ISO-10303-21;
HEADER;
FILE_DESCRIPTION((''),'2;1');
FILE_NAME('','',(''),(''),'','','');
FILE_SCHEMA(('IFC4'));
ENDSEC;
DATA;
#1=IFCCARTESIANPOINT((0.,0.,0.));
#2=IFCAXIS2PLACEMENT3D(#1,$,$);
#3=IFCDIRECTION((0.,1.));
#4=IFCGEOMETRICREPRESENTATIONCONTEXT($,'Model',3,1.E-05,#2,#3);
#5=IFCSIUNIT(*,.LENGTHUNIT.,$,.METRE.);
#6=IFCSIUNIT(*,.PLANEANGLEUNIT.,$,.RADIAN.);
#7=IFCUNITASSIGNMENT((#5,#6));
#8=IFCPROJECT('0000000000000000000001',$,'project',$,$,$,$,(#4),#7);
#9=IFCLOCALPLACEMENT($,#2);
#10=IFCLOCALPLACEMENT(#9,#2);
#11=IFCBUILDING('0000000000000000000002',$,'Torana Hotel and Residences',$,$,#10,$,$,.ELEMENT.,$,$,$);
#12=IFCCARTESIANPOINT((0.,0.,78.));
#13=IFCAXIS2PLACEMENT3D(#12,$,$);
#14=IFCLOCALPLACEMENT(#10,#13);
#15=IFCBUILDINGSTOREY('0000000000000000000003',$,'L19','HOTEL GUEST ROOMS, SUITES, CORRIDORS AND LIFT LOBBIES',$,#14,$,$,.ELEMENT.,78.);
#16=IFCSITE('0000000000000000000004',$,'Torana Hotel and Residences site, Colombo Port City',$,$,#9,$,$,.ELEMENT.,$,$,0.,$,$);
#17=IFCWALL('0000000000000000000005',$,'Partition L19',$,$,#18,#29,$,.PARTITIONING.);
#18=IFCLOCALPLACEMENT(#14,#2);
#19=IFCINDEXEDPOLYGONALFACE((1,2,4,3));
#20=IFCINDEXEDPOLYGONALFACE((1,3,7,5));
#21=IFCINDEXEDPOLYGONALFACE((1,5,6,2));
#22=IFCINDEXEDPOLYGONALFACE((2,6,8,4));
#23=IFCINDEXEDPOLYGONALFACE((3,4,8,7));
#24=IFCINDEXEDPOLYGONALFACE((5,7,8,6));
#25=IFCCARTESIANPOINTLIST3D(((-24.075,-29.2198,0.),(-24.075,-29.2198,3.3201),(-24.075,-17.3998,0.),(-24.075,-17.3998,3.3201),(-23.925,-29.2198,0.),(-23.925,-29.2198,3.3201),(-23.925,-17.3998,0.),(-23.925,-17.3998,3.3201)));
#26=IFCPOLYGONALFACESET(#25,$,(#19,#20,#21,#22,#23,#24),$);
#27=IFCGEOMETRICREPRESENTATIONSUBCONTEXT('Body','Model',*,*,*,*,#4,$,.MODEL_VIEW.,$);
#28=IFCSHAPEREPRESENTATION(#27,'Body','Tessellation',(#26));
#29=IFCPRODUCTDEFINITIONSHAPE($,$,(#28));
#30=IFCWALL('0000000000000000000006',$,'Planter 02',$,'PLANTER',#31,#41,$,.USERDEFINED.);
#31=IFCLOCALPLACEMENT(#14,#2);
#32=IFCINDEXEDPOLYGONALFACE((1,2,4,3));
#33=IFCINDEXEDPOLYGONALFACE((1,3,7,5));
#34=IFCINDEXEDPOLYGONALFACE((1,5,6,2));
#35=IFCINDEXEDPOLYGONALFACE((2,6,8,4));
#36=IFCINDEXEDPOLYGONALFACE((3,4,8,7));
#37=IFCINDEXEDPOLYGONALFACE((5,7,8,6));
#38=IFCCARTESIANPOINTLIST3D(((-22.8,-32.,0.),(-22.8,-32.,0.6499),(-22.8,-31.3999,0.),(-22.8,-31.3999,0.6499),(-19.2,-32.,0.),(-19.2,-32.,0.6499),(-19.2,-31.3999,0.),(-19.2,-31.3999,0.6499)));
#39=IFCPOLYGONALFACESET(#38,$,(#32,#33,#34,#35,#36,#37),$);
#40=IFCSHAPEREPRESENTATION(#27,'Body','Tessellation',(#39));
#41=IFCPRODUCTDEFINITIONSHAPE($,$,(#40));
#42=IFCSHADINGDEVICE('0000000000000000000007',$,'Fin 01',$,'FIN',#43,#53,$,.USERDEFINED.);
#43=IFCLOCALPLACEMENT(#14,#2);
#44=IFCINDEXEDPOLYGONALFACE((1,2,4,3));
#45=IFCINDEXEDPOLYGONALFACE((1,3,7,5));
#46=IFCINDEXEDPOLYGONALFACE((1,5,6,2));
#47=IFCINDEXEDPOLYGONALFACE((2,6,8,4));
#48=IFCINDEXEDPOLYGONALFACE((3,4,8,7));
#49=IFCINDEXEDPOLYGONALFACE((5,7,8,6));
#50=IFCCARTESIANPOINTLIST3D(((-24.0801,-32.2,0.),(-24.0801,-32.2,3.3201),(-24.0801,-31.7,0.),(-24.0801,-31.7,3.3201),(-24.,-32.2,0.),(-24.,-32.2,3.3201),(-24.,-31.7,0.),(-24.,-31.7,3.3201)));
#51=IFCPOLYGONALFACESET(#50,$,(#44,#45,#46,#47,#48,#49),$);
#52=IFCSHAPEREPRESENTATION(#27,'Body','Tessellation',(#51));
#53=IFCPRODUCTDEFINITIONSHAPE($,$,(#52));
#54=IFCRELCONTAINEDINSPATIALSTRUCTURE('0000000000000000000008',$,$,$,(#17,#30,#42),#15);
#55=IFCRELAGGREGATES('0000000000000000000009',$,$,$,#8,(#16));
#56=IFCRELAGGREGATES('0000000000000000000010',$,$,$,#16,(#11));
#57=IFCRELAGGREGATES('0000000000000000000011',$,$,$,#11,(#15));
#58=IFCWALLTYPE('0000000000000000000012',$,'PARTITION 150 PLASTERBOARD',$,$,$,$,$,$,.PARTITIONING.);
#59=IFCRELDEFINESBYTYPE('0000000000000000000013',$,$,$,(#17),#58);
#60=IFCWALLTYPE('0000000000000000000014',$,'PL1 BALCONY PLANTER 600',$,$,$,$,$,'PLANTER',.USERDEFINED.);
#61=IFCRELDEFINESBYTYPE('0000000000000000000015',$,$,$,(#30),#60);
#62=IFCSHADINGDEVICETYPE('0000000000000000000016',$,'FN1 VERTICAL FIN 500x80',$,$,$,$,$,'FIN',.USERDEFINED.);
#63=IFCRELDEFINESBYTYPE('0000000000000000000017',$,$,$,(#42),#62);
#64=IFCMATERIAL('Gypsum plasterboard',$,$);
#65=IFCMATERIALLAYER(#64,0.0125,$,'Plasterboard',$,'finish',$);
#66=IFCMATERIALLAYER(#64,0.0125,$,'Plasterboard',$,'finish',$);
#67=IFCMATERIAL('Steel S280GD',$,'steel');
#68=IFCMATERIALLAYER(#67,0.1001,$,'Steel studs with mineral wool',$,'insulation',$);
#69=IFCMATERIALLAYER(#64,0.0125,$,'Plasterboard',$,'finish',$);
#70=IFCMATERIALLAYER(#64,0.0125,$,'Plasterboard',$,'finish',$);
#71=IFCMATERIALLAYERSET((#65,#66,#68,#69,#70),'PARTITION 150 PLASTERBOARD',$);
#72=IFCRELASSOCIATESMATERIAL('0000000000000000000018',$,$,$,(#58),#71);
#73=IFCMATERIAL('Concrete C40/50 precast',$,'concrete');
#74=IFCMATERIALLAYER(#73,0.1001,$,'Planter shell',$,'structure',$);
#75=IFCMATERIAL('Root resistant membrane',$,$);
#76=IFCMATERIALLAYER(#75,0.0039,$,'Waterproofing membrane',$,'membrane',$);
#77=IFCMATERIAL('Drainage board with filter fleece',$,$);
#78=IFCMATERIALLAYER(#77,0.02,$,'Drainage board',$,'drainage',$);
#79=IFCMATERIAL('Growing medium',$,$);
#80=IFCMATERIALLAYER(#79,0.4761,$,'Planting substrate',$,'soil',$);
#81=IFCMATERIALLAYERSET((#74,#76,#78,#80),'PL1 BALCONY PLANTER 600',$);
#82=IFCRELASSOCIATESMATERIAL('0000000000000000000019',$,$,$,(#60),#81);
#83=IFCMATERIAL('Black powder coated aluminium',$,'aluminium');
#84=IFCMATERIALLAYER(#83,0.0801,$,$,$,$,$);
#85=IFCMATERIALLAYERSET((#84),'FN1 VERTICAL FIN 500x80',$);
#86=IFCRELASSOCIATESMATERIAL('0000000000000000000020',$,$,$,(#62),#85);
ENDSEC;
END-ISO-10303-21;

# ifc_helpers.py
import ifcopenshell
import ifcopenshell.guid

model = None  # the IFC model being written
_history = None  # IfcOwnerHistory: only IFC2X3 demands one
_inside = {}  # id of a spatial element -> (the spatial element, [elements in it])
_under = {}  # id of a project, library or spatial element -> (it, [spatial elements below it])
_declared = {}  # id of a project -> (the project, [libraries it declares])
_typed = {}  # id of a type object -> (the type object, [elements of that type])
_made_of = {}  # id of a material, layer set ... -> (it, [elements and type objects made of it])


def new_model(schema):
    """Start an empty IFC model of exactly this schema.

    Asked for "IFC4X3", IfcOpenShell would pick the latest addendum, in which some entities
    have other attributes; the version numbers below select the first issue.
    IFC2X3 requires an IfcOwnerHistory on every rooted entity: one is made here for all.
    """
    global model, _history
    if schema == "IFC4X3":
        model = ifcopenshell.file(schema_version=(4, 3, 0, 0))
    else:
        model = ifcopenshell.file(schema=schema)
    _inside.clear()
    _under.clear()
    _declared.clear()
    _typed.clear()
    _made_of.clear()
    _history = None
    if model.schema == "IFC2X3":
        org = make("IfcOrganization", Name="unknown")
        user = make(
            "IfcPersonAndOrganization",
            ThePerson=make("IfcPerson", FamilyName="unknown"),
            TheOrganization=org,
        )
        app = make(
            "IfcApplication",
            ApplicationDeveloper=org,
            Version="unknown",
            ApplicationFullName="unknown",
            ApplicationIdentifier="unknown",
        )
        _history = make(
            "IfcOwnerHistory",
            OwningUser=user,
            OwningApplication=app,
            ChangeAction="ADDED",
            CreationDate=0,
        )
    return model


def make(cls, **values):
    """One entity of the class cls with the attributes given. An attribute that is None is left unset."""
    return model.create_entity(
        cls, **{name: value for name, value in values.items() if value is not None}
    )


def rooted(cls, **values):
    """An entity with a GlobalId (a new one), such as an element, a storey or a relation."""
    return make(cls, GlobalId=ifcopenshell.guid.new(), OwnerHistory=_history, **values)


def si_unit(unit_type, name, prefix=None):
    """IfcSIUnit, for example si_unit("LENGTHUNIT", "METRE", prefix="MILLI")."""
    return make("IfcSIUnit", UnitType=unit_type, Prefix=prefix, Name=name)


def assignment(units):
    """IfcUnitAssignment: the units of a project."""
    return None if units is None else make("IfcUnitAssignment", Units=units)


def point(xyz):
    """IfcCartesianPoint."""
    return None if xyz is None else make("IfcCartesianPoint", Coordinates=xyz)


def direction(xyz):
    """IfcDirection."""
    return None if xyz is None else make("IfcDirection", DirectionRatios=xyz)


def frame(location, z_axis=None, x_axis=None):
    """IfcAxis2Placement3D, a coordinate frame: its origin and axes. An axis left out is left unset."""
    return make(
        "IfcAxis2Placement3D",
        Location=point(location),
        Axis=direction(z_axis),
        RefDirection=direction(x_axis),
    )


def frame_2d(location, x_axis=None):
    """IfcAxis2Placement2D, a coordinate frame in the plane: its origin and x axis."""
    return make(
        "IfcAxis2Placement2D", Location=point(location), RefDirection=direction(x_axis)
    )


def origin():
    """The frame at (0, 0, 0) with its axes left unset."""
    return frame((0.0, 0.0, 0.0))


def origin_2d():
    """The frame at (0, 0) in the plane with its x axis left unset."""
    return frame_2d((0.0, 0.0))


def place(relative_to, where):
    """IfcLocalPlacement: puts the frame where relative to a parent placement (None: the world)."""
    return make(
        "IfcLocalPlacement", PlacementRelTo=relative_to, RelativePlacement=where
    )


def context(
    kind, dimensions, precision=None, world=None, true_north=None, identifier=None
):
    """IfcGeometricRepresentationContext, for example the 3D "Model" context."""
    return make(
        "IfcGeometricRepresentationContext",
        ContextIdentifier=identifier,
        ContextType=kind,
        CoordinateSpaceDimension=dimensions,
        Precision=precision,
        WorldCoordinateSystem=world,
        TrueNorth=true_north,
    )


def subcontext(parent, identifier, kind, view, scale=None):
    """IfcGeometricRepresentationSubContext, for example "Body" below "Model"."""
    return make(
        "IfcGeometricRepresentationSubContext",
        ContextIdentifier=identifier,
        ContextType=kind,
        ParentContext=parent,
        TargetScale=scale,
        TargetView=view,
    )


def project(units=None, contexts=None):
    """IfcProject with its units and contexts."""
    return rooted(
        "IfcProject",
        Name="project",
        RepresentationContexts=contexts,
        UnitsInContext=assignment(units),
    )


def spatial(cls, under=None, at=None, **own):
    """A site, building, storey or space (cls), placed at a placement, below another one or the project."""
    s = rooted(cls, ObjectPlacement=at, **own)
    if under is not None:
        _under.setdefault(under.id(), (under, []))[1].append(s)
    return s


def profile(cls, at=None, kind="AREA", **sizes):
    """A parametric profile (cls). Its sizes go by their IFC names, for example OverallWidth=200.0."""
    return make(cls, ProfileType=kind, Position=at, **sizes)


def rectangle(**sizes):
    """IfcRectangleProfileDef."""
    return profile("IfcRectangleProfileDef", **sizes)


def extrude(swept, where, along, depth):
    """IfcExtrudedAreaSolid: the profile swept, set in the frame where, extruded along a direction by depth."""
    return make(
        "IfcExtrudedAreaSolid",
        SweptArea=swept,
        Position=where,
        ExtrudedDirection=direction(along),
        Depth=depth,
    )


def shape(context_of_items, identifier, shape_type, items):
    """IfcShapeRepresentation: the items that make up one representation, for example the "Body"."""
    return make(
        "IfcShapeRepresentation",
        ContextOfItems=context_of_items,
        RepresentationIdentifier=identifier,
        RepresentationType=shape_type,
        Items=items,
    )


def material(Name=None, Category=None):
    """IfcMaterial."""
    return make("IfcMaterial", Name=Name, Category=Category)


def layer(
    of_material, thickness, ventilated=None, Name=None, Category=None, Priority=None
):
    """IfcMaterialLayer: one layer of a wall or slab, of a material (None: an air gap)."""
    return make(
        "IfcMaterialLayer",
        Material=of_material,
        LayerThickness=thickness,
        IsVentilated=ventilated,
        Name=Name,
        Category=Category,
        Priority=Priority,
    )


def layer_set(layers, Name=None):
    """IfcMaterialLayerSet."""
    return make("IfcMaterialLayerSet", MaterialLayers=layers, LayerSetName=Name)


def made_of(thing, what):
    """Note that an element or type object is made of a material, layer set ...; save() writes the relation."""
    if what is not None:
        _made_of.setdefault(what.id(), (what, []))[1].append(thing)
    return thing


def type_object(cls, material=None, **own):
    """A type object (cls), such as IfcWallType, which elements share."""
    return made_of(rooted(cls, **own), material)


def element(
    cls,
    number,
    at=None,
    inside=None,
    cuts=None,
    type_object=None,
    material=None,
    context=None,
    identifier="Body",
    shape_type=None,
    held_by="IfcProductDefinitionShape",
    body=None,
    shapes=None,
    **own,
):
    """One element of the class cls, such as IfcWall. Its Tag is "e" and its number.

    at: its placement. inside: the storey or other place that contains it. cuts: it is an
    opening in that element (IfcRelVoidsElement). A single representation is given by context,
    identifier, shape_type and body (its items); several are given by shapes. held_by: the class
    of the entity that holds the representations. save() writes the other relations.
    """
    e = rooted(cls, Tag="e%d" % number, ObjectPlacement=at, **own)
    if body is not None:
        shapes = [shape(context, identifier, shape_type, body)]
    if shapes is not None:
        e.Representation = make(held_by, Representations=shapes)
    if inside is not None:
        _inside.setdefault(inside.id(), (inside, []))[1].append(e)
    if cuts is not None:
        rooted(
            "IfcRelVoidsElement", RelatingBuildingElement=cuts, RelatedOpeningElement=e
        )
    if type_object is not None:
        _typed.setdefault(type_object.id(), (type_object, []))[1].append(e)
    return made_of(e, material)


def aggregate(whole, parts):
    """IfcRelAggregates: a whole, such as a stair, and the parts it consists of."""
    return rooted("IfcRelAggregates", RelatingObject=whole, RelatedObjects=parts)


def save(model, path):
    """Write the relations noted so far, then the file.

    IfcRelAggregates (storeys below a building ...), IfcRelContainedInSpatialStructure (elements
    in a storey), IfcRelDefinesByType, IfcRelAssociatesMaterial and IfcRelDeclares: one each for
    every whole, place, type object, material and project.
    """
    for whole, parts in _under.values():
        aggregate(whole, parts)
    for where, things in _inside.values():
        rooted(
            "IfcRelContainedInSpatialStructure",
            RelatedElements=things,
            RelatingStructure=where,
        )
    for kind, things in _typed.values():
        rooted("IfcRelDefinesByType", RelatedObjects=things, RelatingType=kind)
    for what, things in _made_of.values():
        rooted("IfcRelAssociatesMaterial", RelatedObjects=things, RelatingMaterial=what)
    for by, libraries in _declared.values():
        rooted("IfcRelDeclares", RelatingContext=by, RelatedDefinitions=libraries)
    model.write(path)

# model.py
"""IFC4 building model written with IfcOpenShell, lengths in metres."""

from ifc_helpers import new_model, si_unit, direction, frame, frame_2d, origin, origin_2d, place, context, subcontext, project, spatial, rectangle, extrude, material, layer, layer_set, type_object, element, save


model = new_model("IFC4")

# Units and contexts
model_context = context("Model", 3, precision=1e-05, world=origin(), true_north=direction((0.0, 1.0)))
body_context = subcontext(model_context, "Body", "Model", "MODEL_VIEW")
ifc_project = project(units=[si_unit("LENGTHUNIT", "METRE"), si_unit("PLANEANGLEUNIT", "RADIAN")], contexts=[model_context])

# Site, building, storey
site_placement = place(None, origin())
site = spatial("IfcSite", under=ifc_project, at=site_placement, Name="Torana Hotel and Residences site, Colombo Port City", CompositionType="ELEMENT", RefElevation=0.0)
building_placement = place(site_placement, origin())
building = spatial("IfcBuilding", under=site, at=building_placement, Name="Torana Hotel and Residences", CompositionType="ELEMENT")
storey_placement = place(building_placement, frame((0.0, 0.0, 78.0)))
storey = spatial("IfcBuildingStorey", under=building, at=storey_placement, Name="L19", Description="HOTEL GUEST ROOMS, SUITES, CORRIDORS AND LIFT LOBBIES", CompositionType="ELEMENT", Elevation=78.0)

# Walls
ifc_material_1 = material(Name="Gypsum plasterboard")
ifc_layer_1 = layer(ifc_material_1, 0.0125, Name="Plasterboard", Category="finish")
ifc_layer_2 = layer(ifc_material_1, 0.0125, Name="Plasterboard", Category="finish")
ifc_material_2 = material(Name="Steel S280GD", Category="steel")
ifc_layer_3 = layer(ifc_material_2, 0.1001, Name="Steel studs with mineral wool", Category="insulation")
ifc_layer_4 = layer(ifc_material_1, 0.0125, Name="Plasterboard", Category="finish")
ifc_layer_5 = layer(ifc_material_1, 0.0125, Name="Plasterboard", Category="finish")
ifc_layer_set_1 = layer_set([ifc_layer_1, ifc_layer_2, ifc_layer_3, ifc_layer_4, ifc_layer_5], Name="PARTITION 150 PLASTERBOARD")
wall_type_1 = type_object("IfcWallType", Name="PARTITION 150 PLASTERBOARD", PredefinedType="PARTITIONING", material=ifc_layer_set_1)
wall_1_placement = place(storey_placement, frame((-24.0, -29.22, 0.0), z_axis=(0.0, 0.0, 1.0), x_axis=(0.0, 1.0, 0.0)))
element("IfcWall", 1, at=wall_1_placement, inside=storey, type_object=wall_type_1, Name="Partition L19", PredefinedType="PARTITIONING", context=body_context, shape_type="SweptSolid", body=[
    extrude(rectangle(XDim=11.8201, YDim=0.1499, at=frame_2d((5.9102, 0.0))), origin(), (0.0, 0.0, 1.0), 3.3201),
])
ifc_material_3 = material(Name="Concrete C40/50 precast", Category="concrete")
ifc_layer_6 = layer(ifc_material_3, 0.1001, Name="Planter shell", Category="structure")
ifc_material_4 = material(Name="Root resistant membrane")
ifc_layer_7 = layer(ifc_material_4, 0.0039, Name="Waterproofing membrane", Category="membrane")
ifc_material_5 = material(Name="Drainage board with filter fleece")
ifc_layer_8 = layer(ifc_material_5, 0.02, Name="Drainage board", Category="drainage")
ifc_material_6 = material(Name="Growing medium")
ifc_layer_9 = layer(ifc_material_6, 0.4761, Name="Planting substrate", Category="soil")
ifc_layer_set_2 = layer_set([ifc_layer_6, ifc_layer_7, ifc_layer_8, ifc_layer_9], Name="PL1 BALCONY PLANTER 600")
wall_type_2 = type_object("IfcWallType", Name="PL1 BALCONY PLANTER 600", ElementType="PLANTER", PredefinedType="USERDEFINED", material=ifc_layer_set_2)
wall_2_placement = place(storey_placement, frame((-19.2, -31.7, 0.0), z_axis=(0.0, 0.0, 1.0), x_axis=(-1.0, 0.0, 0.0)))
element("IfcWall", 2, at=wall_2_placement, inside=storey, type_object=wall_type_2, Name="Planter 02", ObjectType="PLANTER", PredefinedType="USERDEFINED", context=body_context, shape_type="SweptSolid", body=[
    extrude(rectangle(XDim=3.6001, YDim=0.6001, at=frame_2d((1.8, 0.0))), origin(), (0.0, 0.0, 1.0), 0.6499),
])

# Shading device
ifc_material_7 = material(Name="Black powder coated aluminium", Category="aluminium")
ifc_layer_10 = layer(ifc_material_7, 0.0801)
ifc_layer_set_3 = layer_set([ifc_layer_10], Name="FN1 VERTICAL FIN 500x80")
shading_device_type = type_object("IfcShadingDeviceType", Name="FN1 VERTICAL FIN 500x80", ElementType="FIN", PredefinedType="USERDEFINED", material=ifc_layer_set_3)
shading_device_placement = place(storey_placement, frame((-24.04, -31.95, 0.0), z_axis=(0.0, 0.0, 1.0), x_axis=(-1.0, 0.0, 0.0)))
element("IfcShadingDevice", 3, at=shading_device_placement, inside=storey, type_object=shading_device_type, Name="Fin 01", ObjectType="FIN", PredefinedType="USERDEFINED", context=body_context, shape_type="SweptSolid", body=[
    extrude(rectangle(XDim=0.0801, YDim=0.5, at=origin_2d()), origin(), (0.0, 0.0, 1.0), 3.3201),
])

save(model, "model.ifc")
